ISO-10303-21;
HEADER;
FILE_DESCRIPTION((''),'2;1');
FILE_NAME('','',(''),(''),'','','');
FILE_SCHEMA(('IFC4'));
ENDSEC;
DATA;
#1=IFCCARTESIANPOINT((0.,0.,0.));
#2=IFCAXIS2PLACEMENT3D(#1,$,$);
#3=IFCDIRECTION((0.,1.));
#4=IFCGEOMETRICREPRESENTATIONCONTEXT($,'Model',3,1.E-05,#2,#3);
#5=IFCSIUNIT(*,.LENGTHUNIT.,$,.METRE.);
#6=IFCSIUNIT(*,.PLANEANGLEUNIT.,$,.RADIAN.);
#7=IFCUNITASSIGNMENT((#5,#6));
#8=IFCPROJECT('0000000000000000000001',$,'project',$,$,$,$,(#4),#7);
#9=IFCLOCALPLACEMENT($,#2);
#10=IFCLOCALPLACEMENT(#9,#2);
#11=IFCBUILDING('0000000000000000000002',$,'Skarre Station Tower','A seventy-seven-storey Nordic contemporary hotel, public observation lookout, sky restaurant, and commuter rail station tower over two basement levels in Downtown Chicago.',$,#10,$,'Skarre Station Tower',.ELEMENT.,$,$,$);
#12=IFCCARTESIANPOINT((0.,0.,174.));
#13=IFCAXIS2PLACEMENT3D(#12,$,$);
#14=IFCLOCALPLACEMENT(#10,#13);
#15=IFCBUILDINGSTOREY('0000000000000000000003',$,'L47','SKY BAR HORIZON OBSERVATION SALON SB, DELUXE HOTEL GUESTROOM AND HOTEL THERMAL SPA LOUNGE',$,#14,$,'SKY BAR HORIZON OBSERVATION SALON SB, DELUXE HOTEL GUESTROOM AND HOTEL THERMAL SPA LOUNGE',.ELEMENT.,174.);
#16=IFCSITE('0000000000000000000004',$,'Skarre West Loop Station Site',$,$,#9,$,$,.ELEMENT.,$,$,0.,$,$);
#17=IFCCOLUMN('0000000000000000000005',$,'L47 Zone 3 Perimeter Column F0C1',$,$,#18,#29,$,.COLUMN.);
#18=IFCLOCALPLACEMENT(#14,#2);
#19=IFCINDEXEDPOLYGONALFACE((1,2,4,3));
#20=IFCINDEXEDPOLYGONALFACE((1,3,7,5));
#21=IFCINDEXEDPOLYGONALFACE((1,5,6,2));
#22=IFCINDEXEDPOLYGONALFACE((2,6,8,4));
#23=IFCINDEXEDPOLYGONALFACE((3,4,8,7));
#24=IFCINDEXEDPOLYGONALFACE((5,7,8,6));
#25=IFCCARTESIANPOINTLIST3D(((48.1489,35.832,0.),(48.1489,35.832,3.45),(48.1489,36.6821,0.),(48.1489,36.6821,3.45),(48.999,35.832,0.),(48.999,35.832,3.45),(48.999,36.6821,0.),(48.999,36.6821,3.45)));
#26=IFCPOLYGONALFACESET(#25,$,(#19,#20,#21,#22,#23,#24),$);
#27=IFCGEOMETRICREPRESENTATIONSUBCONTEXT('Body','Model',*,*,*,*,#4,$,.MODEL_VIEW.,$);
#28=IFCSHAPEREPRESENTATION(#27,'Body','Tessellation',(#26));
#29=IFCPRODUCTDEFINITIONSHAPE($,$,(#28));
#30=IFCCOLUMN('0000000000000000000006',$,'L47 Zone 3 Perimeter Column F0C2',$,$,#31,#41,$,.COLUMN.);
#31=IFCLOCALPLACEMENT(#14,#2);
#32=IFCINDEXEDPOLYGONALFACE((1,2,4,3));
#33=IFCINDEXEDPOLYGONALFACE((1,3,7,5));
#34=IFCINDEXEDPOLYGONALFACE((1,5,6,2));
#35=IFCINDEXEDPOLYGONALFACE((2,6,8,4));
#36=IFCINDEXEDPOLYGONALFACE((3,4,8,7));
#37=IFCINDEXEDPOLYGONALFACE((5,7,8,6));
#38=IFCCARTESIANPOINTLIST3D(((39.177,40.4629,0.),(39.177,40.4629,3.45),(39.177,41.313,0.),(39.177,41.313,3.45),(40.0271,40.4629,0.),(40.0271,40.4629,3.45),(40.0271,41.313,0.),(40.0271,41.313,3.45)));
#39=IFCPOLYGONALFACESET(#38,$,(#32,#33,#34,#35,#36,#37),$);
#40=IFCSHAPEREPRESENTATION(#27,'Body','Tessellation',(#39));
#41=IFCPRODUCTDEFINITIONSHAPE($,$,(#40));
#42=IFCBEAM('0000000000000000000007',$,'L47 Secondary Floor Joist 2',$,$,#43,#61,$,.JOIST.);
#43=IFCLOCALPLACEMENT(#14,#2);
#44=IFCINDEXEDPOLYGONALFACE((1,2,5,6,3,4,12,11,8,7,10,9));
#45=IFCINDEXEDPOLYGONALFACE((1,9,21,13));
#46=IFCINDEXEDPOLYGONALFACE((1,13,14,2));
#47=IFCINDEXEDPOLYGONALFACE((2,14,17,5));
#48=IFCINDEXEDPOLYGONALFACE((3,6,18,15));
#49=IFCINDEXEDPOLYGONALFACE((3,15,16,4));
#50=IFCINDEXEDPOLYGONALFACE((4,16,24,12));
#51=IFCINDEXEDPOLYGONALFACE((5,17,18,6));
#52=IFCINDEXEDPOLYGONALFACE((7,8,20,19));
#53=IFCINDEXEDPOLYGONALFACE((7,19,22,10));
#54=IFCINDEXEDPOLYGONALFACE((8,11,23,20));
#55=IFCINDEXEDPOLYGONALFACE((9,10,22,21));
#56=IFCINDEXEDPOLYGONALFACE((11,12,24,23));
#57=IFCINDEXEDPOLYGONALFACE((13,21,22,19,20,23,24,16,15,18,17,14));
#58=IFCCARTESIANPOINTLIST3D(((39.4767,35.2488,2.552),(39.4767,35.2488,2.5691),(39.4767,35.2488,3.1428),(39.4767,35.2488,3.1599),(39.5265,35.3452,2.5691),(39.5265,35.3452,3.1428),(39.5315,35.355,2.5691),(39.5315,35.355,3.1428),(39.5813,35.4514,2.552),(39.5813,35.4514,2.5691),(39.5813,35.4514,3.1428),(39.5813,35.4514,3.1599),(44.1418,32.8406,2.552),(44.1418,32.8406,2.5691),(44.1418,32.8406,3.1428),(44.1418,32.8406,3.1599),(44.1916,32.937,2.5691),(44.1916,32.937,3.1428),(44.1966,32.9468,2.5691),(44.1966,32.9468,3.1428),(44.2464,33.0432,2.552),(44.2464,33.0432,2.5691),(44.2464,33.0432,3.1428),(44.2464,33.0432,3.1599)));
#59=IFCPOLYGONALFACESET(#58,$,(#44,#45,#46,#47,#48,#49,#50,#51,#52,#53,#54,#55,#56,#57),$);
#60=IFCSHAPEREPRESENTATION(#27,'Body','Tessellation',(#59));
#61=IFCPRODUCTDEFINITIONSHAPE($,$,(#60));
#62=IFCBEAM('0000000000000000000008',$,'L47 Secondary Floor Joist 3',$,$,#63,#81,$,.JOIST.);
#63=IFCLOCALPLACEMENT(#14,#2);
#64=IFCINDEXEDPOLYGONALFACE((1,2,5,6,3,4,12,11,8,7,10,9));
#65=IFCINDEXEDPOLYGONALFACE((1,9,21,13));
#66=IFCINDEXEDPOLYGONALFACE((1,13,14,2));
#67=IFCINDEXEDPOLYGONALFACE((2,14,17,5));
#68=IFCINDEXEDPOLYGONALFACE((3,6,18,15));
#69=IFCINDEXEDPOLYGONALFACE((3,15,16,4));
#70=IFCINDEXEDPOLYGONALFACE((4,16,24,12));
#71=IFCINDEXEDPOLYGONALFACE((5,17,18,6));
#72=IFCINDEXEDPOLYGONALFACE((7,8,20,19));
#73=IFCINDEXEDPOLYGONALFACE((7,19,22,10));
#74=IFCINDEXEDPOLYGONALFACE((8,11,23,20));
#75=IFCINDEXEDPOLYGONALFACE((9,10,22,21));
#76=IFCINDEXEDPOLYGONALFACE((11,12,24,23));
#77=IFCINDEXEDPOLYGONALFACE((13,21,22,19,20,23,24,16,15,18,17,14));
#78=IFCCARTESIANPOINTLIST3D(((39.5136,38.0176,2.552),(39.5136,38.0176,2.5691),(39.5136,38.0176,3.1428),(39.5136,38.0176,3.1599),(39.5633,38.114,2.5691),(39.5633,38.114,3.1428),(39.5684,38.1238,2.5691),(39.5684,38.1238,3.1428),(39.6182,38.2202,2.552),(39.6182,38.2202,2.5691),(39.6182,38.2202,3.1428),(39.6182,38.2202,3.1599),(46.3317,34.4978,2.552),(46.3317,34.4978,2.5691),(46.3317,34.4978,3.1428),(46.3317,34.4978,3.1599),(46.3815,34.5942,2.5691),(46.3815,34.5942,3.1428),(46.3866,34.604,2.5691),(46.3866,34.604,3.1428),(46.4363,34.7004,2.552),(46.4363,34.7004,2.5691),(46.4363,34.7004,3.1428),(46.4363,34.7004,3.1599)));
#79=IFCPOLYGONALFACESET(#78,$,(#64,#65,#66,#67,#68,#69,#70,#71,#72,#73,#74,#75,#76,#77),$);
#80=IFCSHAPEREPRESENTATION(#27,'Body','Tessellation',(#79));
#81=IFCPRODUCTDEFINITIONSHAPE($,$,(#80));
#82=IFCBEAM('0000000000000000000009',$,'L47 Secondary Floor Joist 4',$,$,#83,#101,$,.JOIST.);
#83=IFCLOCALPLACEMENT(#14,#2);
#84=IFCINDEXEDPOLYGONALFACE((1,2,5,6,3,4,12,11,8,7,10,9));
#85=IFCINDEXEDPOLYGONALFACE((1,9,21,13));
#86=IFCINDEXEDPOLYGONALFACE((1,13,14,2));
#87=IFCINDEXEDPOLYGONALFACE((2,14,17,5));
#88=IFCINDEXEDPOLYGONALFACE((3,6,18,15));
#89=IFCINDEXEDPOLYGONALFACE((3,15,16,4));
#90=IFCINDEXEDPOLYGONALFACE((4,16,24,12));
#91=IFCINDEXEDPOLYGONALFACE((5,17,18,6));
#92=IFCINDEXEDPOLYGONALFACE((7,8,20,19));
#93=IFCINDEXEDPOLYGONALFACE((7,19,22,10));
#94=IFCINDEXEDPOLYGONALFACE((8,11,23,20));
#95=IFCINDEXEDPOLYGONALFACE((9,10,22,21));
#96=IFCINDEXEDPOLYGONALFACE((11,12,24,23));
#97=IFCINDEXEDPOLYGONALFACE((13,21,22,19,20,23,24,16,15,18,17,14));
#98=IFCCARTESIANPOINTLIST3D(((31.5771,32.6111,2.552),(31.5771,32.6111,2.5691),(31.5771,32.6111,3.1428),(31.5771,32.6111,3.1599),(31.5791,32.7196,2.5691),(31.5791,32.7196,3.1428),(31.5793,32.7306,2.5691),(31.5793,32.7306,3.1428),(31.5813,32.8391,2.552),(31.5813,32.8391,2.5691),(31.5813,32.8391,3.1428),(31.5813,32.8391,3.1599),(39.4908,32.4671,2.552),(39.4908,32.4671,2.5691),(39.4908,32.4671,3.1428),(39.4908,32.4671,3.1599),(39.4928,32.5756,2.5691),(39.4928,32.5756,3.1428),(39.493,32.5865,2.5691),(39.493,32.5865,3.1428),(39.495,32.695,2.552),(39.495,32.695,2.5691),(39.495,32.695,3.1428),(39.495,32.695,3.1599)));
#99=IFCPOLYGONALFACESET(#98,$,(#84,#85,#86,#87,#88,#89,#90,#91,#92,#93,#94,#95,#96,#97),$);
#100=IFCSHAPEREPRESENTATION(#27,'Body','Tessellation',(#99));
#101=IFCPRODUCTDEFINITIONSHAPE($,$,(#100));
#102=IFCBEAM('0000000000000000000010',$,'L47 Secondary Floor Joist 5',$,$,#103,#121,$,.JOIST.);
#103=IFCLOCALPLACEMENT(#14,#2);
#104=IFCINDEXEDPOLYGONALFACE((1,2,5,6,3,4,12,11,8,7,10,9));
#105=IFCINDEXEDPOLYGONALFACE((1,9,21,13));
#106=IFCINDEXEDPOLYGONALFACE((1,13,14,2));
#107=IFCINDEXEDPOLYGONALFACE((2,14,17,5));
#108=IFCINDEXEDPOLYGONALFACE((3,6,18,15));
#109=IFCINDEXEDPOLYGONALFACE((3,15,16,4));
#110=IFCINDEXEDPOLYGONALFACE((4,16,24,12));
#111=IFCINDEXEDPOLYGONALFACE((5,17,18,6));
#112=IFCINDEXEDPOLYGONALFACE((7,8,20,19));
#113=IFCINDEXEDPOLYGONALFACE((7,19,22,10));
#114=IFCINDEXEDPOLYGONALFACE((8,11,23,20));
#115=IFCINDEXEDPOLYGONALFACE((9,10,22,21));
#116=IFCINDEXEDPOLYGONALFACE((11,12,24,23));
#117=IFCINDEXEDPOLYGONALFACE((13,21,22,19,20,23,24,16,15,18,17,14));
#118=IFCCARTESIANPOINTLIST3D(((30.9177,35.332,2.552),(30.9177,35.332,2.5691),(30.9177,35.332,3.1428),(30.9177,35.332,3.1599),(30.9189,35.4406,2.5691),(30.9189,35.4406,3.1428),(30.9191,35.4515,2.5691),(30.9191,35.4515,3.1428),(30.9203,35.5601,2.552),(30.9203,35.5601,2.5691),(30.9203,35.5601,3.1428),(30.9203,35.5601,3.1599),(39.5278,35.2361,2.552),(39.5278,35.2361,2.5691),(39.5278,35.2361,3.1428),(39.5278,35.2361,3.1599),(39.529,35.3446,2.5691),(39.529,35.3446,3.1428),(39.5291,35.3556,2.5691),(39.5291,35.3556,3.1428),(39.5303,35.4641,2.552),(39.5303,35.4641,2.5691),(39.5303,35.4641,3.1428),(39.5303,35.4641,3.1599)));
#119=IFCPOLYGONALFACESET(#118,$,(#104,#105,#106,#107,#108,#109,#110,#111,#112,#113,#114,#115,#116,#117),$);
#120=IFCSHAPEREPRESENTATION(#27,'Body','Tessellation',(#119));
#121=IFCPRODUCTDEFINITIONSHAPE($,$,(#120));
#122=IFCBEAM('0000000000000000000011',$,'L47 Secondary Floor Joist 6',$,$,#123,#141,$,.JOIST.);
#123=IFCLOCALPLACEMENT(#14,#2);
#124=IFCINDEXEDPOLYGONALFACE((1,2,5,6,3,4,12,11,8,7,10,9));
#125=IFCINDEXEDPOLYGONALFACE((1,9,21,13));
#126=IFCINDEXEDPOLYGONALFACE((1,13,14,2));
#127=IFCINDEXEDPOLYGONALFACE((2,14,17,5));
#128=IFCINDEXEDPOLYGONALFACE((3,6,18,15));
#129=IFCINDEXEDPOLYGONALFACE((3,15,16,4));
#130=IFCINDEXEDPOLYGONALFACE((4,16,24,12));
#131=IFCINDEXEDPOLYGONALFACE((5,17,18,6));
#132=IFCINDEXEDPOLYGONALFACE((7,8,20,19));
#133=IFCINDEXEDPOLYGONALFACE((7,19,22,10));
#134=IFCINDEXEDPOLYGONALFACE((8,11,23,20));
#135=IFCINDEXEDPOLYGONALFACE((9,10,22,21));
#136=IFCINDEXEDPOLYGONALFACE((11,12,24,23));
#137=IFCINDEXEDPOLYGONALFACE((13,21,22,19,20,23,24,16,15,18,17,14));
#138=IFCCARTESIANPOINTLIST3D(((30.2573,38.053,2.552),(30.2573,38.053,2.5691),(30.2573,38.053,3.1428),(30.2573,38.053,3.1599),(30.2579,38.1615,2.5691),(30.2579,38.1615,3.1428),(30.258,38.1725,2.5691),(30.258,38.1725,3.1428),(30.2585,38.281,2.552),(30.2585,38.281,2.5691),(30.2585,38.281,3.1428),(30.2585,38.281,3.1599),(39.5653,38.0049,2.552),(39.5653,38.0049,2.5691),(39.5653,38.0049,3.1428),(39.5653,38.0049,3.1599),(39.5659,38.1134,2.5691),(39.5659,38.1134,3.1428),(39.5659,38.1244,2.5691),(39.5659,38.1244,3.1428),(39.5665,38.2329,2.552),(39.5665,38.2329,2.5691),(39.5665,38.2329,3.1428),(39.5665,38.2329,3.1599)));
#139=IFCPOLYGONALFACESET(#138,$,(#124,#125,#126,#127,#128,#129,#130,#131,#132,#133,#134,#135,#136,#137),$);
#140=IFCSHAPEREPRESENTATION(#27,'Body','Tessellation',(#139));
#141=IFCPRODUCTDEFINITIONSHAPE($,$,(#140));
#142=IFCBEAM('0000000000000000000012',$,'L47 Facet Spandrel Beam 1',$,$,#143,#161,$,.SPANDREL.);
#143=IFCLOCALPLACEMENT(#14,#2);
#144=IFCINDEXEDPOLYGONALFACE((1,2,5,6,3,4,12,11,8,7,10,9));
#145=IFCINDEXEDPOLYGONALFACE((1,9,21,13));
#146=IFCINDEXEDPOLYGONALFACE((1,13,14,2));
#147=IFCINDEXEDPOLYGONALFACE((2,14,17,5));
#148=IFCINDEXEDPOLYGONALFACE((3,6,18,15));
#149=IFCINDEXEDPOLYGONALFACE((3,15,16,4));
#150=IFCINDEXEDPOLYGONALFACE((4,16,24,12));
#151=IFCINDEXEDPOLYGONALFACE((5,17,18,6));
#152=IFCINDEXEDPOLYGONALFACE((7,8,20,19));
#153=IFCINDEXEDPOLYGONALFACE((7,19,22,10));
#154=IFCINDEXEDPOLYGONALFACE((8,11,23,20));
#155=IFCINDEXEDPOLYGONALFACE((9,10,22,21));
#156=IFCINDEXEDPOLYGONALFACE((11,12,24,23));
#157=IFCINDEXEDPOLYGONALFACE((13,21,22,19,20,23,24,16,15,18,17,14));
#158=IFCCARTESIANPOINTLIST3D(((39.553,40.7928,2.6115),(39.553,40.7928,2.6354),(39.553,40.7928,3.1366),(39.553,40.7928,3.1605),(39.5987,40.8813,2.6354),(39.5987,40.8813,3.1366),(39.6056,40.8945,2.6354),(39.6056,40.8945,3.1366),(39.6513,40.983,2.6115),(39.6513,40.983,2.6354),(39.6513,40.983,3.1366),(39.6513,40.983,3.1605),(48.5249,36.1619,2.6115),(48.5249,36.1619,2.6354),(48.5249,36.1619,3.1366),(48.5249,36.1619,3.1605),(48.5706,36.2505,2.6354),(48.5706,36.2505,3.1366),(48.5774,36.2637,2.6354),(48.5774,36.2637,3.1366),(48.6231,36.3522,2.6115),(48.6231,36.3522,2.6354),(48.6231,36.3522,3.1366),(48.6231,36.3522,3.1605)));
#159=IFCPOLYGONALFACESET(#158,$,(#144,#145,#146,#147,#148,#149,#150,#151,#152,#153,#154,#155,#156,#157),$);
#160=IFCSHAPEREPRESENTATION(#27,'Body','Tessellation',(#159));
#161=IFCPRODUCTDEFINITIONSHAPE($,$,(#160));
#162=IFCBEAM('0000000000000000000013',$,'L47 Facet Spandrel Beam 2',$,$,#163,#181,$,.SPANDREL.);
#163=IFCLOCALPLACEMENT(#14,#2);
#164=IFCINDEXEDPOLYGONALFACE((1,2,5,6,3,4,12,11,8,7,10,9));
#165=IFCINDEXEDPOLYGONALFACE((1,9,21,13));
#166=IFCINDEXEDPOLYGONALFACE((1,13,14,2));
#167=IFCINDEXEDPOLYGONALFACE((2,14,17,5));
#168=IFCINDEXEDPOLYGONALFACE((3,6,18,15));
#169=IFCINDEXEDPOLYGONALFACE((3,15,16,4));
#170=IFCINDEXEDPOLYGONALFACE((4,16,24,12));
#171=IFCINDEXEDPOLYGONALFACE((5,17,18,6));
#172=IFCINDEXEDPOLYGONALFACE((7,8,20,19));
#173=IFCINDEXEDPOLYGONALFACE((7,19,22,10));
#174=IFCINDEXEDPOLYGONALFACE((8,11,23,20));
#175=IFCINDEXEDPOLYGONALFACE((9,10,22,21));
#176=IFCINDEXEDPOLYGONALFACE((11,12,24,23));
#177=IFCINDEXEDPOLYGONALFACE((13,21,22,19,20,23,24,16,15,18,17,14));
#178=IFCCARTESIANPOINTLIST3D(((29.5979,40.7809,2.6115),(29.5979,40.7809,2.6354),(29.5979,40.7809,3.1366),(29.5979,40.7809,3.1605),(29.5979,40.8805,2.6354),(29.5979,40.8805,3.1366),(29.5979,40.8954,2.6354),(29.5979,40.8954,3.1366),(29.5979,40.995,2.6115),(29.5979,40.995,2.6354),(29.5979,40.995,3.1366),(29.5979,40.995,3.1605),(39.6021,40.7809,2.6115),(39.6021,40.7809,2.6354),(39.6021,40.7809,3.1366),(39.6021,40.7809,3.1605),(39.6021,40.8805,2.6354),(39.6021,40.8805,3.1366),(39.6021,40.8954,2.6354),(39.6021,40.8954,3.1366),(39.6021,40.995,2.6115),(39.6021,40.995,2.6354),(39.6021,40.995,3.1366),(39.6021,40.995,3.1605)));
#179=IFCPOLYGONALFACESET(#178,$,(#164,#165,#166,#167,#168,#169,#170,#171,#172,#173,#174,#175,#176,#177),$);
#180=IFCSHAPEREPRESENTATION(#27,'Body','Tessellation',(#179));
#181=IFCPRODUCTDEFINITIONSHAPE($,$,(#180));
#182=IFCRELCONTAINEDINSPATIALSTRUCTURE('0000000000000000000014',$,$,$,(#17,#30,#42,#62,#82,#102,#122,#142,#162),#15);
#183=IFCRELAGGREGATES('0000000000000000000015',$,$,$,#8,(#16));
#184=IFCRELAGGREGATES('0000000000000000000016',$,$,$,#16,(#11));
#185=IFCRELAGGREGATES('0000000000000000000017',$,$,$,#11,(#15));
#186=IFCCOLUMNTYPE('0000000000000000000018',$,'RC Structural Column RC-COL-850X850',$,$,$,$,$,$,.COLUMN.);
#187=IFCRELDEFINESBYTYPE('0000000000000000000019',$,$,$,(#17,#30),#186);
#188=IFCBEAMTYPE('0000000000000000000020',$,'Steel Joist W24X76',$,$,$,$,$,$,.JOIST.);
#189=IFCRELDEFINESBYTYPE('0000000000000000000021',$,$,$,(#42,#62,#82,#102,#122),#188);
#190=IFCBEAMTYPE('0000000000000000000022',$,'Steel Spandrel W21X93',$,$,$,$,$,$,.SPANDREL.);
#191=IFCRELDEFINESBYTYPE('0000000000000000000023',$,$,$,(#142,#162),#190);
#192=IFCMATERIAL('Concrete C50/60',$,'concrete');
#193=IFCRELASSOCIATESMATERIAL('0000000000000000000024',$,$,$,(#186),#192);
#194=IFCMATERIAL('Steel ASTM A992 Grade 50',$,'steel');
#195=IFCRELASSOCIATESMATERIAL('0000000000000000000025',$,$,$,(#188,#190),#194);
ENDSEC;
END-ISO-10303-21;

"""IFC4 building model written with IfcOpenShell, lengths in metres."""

from ifc_helpers import new_model, si_unit, direction, frame, origin, origin_2d, place, context, subcontext, project, spatial, rectangle, i_section, extrude, material, material_profile, profile_set, type_object, element, save


model = new_model("IFC4")

# Units and contexts
model_context = context("Model", 3, precision=1e-05, world=origin(), true_north=direction((0.0, 1.0)))
body_context = subcontext(model_context, "Body", "Model", "MODEL_VIEW")
ifc_project = project(units=[si_unit("LENGTHUNIT", "METRE"), si_unit("PLANEANGLEUNIT", "RADIAN")], contexts=[model_context])

# Site, building, storey
site_placement = place(None, origin())
site = spatial("IfcSite", under=ifc_project, at=site_placement, Name="Skarre West Loop Station Site", CompositionType="ELEMENT", RefElevation=0.0)
building_placement = place(site_placement, origin())
building = spatial("IfcBuilding", under=site, at=building_placement, Name="Skarre Station Tower", Description="A seventy-seven-storey Nordic contemporary hotel, public observation lookout, sky restaurant, and commuter rail station tower over two basement levels in Downtown Chicago.", LongName="Skarre Station Tower", CompositionType="ELEMENT")
storey_placement = place(building_placement, frame((0.0, 0.0, 174.0)))
storey = spatial("IfcBuildingStorey", under=building, at=storey_placement, Name="L47", Description="SKY BAR HORIZON OBSERVATION SALON SB, DELUXE HOTEL GUESTROOM AND HOTEL THERMAL SPA LOUNGE", LongName="SKY BAR HORIZON OBSERVATION SALON SB, DELUXE HOTEL GUESTROOM AND HOTEL THERMAL SPA LOUNGE", CompositionType="ELEMENT", Elevation=174.0)

# Columns
ifc_material_1 = material(Name="Concrete C50/60", Category="concrete")
ifc_material_profile_1 = material_profile(ifc_material_1, rectangle(XDim=0.8501, YDim=0.8501, at=origin_2d()), Name="Concrete C50/60")
ifc_profile_set_1 = profile_set([ifc_material_profile_1], Name="Concrete C50/60")
column_type = type_object("IfcColumnType", Name="RC Structural Column RC-COL-850X850", PredefinedType="COLUMN", material=ifc_profile_set_1)
for number, where, z_axis, x_axis, name in (
    (1, (48.574, 36.2571, 0.0), (0.0, 0.0, 1.0), (1.0, 0.0, 0.0), "L47 Zone 3 Perimeter Column F0C1"),
    (2, (39.6021, 40.8879, 0.0), (0.0, 0.0, 1.0), (1.0, 0.0, 0.0), "L47 Zone 3 Perimeter Column F0C2"),
):
    element("IfcColumn", number, at=place(storey_placement, frame(where, z_axis=z_axis, x_axis=x_axis)), inside=storey, type_object=column_type, Name=name, PredefinedType="COLUMN", context=body_context, shape_type="SweptSolid", body=[
        extrude(rectangle(XDim=0.8501, YDim=0.8501, at=origin_2d()), origin(), (0.0, 0.0, 1.0), 3.45),
    ])

# Beams
ifc_material_2 = material(Name="Steel ASTM A992 Grade 50", Category="steel")
ifc_material_profile_2 = material_profile(ifc_material_2, i_section(OverallWidth=0.228, OverallDepth=0.6079, WebThickness=0.011, FlangeThickness=0.0171, at=origin_2d()), Name="Steel ASTM A992 Grade 50")
ifc_profile_set_2 = profile_set([ifc_material_profile_2], Name="Steel ASTM A992 Grade 50")
beam_type_1 = type_object("IfcBeamType", Name="Steel Joist W24X76", PredefinedType="JOIST", material=ifc_profile_set_2)
beam_1_placement = place(storey_placement, frame((44.1941, 32.9419, 2.856), z_axis=(-0.888586, 0.458709, 0.0), x_axis=(-0.458709, -0.888586, 0.0)))
element("IfcBeam", 3, at=beam_1_placement, inside=storey, type_object=beam_type_1, Name="L47 Secondary Floor Joist 2", PredefinedType="JOIST", context=body_context, shape_type="SweptSolid", body=[
    extrude(i_section(OverallWidth=0.228, OverallDepth=0.6079, WebThickness=0.011, FlangeThickness=0.0171, at=origin_2d()), origin(), (0.0, 0.0, 1.0), 5.25),
])
beam_2_placement = place(storey_placement, frame((46.384, 34.5991, 2.856), z_axis=(-0.888581, 0.45872, 0.0), x_axis=(-0.45872, -0.888581, 0.0)))
element("IfcBeam", 4, at=beam_2_placement, inside=storey, type_object=beam_type_1, Name="L47 Secondary Floor Joist 3", PredefinedType="JOIST", context=body_context, shape_type="SweptSolid", body=[
    extrude(i_section(OverallWidth=0.228, OverallDepth=0.6079, WebThickness=0.011, FlangeThickness=0.0171, at=origin_2d()), origin(), (0.0, 0.0, 1.0), 7.6731),
])
beam_3_placement = place(storey_placement, frame((39.4929, 32.5811, 2.856), z_axis=(-0.999834, 0.018198, 0.0), x_axis=(-0.018198, -0.999834, 0.0)))
element("IfcBeam", 5, at=beam_3_placement, inside=storey, type_object=beam_type_1, Name="L47 Secondary Floor Joist 4", PredefinedType="JOIST", context=body_context, shape_type="SweptSolid", body=[
    extrude(i_section(OverallWidth=0.228, OverallDepth=0.6079, WebThickness=0.011, FlangeThickness=0.0171, at=origin_2d()), origin(), (0.0, 0.0, 1.0), 7.915),
])
beam_4_placement = place(storey_placement, frame((39.5291, 35.3501, 2.856), z_axis=(-0.999938, 0.011143, 0.0), x_axis=(-0.011143, -0.999938, 0.0)))
element("IfcBeam", 6, at=beam_4_placement, inside=storey, type_object=beam_type_1, Name="L47 Secondary Floor Joist 5", PredefinedType="JOIST", context=body_context, shape_type="SweptSolid", body=[
    extrude(i_section(OverallWidth=0.228, OverallDepth=0.6079, WebThickness=0.011, FlangeThickness=0.0171, at=origin_2d()), origin(), (0.0, 0.0, 1.0), 8.6106),
])
beam_5_placement = place(storey_placement, frame((39.5659, 38.1189, 2.856), z_axis=(-0.999987, 0.005167, 0.0), x_axis=(-0.005167, -0.999987, 0.0)))
element("IfcBeam", 7, at=beam_5_placement, inside=storey, type_object=beam_type_1, Name="L47 Secondary Floor Joist 6", PredefinedType="JOIST", context=body_context, shape_type="SweptSolid", body=[
    extrude(i_section(OverallWidth=0.228, OverallDepth=0.6079, WebThickness=0.011, FlangeThickness=0.0171, at=origin_2d()), origin(), (0.0, 0.0, 1.0), 9.3081),
])
ifc_material_profile_3 = material_profile(ifc_material_2, i_section(OverallWidth=0.2141, OverallDepth=0.5491, WebThickness=0.0149, FlangeThickness=0.0239, at=origin_2d()), Name="Steel ASTM A992 Grade 50")
ifc_profile_set_3 = profile_set([ifc_material_profile_3], Name="Steel ASTM A992 Grade 50")
beam_type_2 = type_object("IfcBeamType", Name="Steel Spandrel W21X93", PredefinedType="SPANDREL", material=ifc_profile_set_3)
beam_6_placement = place(storey_placement, frame((48.574, 36.2571, 2.886), z_axis=(-0.888613, 0.458658, 0.0), x_axis=(-0.458658, -0.888613, 0.0)))
element("IfcBeam", 8, at=beam_6_placement, inside=storey, type_object=beam_type_2, Name="L47 Facet Spandrel Beam 1", PredefinedType="SPANDREL", context=body_context, shape_type="SweptSolid", body=[
    extrude(i_section(OverallWidth=0.2141, OverallDepth=0.5491, WebThickness=0.0149, FlangeThickness=0.0239, at=origin_2d()), origin(), (0.0, 0.0, 1.0), 10.0964),
])
beam_7_placement = place(storey_placement, frame((39.6021, 40.8879, 2.886), z_axis=(-1.0, 0.0, 0.0), x_axis=(0.0, -1.0, 0.0)))
element("IfcBeam", 9, at=beam_7_placement, inside=storey, type_object=beam_type_2, Name="L47 Facet Spandrel Beam 2", PredefinedType="SPANDREL", context=body_context, shape_type="SweptSolid", body=[
    extrude(i_section(OverallWidth=0.2141, OverallDepth=0.5491, WebThickness=0.0149, FlangeThickness=0.0239, at=origin_2d()), origin(), (0.0, 0.0, 1.0), 10.0042),
])

save(model, "model.ifc")
